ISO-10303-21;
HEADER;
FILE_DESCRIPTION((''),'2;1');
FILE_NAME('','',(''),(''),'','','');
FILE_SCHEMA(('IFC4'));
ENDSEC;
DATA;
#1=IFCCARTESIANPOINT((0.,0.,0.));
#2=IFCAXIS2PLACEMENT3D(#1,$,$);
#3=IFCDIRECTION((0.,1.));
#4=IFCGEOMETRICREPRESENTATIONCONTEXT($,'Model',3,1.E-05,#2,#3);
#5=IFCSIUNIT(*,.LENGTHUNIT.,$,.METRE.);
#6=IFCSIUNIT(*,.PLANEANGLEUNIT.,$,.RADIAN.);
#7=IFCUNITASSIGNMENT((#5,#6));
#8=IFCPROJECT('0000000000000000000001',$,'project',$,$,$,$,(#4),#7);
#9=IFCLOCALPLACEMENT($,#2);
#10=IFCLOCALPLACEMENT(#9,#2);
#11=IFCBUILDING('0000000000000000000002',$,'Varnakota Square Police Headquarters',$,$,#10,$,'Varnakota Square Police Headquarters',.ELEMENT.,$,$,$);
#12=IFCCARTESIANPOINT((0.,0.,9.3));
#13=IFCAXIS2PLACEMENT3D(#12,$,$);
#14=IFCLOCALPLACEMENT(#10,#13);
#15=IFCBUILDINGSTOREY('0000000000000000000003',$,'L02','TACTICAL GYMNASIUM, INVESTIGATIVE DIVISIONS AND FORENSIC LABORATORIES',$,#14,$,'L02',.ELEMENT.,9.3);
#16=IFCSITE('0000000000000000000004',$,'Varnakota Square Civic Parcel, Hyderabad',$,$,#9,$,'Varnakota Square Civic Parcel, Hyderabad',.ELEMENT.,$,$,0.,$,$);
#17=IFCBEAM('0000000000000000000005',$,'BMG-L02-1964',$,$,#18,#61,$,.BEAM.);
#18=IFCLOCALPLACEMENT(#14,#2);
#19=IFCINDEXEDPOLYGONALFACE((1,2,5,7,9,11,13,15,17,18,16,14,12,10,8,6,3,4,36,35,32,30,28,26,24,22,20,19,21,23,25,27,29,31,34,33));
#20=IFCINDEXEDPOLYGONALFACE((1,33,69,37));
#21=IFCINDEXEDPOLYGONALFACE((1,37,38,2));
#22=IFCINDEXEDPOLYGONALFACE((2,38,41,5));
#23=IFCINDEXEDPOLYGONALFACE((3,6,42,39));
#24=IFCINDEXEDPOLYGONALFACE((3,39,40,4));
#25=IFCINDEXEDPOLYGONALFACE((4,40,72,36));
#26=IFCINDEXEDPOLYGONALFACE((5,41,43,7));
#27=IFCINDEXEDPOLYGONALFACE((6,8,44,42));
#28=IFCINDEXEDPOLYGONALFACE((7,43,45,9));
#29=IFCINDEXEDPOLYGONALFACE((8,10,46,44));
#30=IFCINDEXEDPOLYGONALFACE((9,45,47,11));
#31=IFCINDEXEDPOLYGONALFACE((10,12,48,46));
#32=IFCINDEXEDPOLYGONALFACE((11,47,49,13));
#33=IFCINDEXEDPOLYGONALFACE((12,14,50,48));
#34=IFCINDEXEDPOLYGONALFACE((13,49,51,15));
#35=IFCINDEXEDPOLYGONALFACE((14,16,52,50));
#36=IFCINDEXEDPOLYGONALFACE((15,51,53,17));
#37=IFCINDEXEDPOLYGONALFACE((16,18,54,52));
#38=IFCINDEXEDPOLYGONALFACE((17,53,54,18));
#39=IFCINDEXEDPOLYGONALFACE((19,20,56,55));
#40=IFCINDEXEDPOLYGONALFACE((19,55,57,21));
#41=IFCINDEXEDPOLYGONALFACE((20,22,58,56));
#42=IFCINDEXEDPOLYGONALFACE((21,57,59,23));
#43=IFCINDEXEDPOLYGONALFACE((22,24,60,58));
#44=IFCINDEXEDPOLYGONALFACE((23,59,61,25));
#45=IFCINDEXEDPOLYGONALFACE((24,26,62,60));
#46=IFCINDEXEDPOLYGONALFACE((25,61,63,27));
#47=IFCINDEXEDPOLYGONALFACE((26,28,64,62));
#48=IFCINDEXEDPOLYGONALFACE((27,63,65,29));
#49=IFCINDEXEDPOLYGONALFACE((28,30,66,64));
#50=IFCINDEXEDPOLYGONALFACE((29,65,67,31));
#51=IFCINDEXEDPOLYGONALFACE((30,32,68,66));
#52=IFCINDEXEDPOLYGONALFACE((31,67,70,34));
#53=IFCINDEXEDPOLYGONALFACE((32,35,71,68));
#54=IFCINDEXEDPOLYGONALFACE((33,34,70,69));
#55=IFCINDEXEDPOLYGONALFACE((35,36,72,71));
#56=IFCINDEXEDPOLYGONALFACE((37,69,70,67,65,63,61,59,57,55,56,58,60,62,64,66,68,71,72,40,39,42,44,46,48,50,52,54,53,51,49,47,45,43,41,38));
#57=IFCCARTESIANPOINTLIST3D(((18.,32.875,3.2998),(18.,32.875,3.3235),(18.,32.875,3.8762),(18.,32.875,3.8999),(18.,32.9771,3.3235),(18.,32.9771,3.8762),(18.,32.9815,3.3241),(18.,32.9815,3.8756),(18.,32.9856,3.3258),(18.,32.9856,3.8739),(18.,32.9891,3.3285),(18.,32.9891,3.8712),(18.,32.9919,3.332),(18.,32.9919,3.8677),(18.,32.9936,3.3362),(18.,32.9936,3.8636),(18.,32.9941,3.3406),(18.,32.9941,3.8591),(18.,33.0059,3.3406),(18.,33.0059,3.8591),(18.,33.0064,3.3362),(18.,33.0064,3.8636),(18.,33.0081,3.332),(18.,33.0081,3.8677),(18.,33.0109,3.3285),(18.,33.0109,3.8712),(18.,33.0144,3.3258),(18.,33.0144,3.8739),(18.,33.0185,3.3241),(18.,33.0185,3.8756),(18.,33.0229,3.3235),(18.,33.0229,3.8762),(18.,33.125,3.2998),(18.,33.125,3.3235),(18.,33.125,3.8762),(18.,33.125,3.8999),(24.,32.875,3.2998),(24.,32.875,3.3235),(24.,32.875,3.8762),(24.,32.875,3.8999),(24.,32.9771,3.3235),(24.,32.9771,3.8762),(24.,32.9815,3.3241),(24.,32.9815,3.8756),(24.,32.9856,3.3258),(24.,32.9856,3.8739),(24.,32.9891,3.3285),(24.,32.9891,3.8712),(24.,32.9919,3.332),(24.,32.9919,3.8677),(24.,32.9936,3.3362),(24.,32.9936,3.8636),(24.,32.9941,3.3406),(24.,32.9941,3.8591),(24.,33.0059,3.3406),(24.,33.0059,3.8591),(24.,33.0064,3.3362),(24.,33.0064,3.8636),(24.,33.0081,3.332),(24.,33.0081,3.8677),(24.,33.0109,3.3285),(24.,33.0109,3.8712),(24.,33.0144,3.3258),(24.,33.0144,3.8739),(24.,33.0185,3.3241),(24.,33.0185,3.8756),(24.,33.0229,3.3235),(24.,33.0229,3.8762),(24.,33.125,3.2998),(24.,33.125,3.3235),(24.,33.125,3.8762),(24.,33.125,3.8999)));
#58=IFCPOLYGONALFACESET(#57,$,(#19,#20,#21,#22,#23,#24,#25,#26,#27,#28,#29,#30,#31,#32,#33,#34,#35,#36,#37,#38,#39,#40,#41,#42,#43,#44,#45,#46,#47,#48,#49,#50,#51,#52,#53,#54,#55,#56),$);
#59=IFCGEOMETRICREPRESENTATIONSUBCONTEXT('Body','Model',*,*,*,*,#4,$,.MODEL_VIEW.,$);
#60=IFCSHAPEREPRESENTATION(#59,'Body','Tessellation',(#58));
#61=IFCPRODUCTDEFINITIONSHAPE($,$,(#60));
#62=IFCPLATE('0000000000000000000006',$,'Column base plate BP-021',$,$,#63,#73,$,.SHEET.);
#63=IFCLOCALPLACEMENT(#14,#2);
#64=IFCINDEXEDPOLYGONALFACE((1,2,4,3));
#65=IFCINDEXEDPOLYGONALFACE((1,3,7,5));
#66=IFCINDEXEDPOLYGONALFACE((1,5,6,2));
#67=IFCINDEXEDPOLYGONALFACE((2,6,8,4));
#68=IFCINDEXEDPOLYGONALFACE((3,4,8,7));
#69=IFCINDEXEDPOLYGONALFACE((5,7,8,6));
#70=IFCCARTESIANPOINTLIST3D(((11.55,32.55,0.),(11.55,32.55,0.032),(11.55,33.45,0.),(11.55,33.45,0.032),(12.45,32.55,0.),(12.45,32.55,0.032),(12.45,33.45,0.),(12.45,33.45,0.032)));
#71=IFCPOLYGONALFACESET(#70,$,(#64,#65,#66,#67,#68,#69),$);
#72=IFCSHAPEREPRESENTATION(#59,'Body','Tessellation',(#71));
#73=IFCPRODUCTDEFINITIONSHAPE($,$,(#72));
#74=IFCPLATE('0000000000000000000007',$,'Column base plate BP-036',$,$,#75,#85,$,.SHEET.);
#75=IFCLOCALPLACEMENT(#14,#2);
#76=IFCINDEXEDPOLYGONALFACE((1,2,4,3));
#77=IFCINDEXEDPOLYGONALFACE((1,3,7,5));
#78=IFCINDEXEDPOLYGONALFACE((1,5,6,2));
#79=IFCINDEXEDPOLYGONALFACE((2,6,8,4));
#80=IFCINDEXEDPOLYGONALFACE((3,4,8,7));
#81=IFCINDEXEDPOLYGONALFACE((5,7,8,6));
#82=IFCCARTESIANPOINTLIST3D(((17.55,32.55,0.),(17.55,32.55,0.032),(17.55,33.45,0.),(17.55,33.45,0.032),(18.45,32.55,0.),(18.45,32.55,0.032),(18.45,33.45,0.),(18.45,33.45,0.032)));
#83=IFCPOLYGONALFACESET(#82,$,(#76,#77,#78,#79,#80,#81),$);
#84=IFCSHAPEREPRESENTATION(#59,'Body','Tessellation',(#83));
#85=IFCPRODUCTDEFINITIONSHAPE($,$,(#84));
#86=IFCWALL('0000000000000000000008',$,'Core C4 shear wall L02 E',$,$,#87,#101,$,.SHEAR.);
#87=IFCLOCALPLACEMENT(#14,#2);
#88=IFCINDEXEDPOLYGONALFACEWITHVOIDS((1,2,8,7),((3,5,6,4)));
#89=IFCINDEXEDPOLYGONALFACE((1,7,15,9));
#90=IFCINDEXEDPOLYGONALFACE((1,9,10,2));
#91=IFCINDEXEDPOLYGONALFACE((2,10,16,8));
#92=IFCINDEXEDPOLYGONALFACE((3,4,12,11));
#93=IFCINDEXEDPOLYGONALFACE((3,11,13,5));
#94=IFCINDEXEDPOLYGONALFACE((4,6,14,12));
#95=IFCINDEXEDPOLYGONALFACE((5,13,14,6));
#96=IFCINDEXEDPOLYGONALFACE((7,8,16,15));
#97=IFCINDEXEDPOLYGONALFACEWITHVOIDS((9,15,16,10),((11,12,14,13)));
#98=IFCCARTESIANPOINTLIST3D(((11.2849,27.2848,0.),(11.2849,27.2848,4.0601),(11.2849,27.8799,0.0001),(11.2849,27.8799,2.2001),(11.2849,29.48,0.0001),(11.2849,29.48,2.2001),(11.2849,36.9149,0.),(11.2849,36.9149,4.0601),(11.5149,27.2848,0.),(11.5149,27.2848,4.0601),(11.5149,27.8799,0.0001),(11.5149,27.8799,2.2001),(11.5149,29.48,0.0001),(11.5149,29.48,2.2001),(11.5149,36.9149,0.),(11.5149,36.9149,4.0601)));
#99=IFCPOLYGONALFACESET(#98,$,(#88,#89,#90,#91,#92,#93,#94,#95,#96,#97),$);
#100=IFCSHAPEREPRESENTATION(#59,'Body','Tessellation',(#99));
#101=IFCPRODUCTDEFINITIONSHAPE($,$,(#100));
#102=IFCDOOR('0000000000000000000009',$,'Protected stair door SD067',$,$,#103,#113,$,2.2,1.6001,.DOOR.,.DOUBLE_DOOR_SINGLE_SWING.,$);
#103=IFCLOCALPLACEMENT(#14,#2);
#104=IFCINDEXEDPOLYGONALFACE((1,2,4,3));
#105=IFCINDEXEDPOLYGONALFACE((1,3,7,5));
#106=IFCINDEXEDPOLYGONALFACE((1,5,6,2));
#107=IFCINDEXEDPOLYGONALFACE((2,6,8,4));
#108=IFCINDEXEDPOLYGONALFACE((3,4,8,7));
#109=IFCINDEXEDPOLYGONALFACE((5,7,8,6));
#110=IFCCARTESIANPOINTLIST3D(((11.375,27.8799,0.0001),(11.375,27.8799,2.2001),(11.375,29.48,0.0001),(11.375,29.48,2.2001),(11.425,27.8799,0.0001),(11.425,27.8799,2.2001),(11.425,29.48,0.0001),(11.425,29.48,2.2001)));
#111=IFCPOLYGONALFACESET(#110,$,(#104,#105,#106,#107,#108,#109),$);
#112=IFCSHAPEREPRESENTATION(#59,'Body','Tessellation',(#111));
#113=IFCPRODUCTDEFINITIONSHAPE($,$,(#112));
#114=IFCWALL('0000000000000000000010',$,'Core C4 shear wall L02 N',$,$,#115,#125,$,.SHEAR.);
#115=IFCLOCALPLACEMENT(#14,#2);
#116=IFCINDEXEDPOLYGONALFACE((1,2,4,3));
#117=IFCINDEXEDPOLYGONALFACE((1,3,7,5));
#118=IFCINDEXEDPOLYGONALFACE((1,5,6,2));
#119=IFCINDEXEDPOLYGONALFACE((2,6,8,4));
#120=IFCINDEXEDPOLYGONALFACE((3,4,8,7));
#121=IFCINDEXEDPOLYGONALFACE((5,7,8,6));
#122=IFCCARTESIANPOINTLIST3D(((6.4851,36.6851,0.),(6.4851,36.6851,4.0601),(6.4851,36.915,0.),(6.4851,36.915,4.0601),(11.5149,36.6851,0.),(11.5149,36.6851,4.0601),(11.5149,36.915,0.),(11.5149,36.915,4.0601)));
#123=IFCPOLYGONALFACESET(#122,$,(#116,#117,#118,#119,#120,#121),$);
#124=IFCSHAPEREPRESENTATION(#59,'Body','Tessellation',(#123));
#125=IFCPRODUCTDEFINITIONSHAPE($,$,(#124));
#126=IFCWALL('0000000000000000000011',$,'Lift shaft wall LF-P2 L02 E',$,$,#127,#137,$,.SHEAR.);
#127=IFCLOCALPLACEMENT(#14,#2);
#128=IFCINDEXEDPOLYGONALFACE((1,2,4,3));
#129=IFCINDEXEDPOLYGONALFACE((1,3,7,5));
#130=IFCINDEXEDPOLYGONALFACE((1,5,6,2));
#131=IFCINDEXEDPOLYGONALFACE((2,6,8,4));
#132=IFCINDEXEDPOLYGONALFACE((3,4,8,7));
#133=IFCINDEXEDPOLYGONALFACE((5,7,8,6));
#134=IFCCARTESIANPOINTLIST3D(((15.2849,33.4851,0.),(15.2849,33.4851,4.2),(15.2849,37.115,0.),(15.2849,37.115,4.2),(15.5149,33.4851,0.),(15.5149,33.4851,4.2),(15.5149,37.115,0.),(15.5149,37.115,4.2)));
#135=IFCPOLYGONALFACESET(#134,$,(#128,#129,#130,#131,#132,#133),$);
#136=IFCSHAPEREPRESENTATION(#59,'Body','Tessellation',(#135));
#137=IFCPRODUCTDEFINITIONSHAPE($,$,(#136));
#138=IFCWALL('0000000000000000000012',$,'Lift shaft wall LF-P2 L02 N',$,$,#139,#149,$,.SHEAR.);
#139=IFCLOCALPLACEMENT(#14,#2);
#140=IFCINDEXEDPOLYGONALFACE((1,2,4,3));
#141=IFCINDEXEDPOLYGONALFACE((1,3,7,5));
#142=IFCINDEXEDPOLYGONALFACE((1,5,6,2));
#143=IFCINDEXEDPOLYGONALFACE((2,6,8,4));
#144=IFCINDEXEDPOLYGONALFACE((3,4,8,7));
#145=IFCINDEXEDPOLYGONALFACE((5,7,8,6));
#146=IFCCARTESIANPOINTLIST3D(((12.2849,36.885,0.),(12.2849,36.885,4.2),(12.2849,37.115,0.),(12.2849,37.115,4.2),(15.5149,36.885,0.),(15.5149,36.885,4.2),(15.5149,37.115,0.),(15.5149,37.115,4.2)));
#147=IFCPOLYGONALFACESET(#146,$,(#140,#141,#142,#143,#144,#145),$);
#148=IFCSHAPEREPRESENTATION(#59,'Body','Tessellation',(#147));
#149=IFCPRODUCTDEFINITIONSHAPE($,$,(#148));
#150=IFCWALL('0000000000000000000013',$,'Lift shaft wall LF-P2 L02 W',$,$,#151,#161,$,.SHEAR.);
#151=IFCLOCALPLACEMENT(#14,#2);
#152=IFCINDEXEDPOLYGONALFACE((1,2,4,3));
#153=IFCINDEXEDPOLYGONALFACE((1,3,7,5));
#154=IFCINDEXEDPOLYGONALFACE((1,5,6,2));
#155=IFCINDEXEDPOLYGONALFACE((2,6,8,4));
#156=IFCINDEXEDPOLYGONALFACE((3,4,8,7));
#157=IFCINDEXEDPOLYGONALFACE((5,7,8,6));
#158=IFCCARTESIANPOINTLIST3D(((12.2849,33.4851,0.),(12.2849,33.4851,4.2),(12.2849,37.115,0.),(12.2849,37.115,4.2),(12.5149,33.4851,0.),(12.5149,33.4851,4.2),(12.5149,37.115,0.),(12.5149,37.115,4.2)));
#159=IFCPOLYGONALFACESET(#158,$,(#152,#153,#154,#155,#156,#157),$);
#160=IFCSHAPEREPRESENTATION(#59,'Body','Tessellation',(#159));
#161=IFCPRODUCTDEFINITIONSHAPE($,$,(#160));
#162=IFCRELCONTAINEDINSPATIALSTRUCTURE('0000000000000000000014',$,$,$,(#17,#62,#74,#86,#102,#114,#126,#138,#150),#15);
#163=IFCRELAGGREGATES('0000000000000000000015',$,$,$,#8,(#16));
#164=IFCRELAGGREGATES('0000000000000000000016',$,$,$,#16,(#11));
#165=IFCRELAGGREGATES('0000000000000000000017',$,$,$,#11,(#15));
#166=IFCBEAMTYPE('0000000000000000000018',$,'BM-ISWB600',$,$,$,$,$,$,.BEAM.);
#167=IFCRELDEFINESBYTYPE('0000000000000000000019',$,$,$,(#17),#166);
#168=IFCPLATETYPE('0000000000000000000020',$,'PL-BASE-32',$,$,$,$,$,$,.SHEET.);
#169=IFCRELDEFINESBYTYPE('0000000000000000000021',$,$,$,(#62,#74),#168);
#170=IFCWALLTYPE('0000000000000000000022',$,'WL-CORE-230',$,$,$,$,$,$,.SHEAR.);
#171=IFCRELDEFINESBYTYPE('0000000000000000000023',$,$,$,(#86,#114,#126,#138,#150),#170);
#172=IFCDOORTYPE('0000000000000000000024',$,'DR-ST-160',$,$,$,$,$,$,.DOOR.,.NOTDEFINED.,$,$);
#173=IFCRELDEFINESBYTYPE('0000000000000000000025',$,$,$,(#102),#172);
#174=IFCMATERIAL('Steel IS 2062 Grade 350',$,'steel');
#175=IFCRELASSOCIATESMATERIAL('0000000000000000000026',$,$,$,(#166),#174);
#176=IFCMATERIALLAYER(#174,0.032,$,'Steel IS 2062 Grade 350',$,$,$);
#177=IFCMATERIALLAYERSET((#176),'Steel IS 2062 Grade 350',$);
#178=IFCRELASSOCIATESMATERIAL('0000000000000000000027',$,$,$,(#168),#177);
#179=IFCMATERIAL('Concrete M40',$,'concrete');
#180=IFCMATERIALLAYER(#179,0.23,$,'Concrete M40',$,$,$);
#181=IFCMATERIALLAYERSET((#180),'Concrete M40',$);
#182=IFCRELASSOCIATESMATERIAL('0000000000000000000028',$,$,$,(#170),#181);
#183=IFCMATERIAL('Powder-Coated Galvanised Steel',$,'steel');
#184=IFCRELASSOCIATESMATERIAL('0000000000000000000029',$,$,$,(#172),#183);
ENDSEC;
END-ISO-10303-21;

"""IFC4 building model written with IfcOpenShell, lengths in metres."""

from ifc_helpers import new_model, si_unit, direction, frame, frame_2d, origin, origin_2d, place, context, subcontext, project, spatial, rectangle, i_section, extrude, material, layer, layer_set, material_profile, profile_set, type_object, element, fill, save


model = new_model("IFC4")

# Units and contexts
model_context = context("Model", 3, precision=1e-05, world=origin(), true_north=direction((0.0, 1.0)))
body_context = subcontext(model_context, "Body", "Model", "MODEL_VIEW")
ifc_project = project(units=[si_unit("LENGTHUNIT", "METRE"), si_unit("PLANEANGLEUNIT", "RADIAN")], contexts=[model_context])

# Site, building, storey
site_placement = place(None, origin())
site = spatial("IfcSite", under=ifc_project, at=site_placement, Name="Varnakota Square Civic Parcel, Hyderabad", LongName="Varnakota Square Civic Parcel, Hyderabad", CompositionType="ELEMENT", RefElevation=0.0)
building_placement = place(site_placement, origin())
building = spatial("IfcBuilding", under=site, at=building_placement, Name="Varnakota Square Police Headquarters", LongName="Varnakota Square Police Headquarters", CompositionType="ELEMENT")
storey_placement = place(building_placement, frame((0.0, 0.0, 9.3)))
storey = spatial("IfcBuildingStorey", under=building, at=storey_placement, Name="L02", Description="TACTICAL GYMNASIUM, INVESTIGATIVE DIVISIONS AND FORENSIC LABORATORIES", LongName="L02", CompositionType="ELEMENT", Elevation=9.3)

# Shared definitions
ifc_material_1 = material(Name="Steel IS 2062 Grade 350", Category="steel")

# Beam
ifc_material_profile_1 = material_profile(ifc_material_1, i_section(OverallWidth=0.25, OverallDepth=0.6001, WebThickness=0.0117, FlangeThickness=0.0237, FilletRadius=0.0171, at=origin_2d()), Name="ISWB 600")
ifc_profile_set_1 = profile_set([ifc_material_profile_1], Name="Steel IS 2062 Grade 350")
beam_type_1 = type_object("IfcBeamType", Name="BM-ISWB600", PredefinedType="BEAM", material=ifc_profile_set_1)
beam_1_placement = place(storey_placement, frame((18.0, 33.0, 3.5999), z_axis=(1.0, 0.0, 0.0), x_axis=(0.0, 1.0, 0.0)))
element("IfcBeam", 1, at=beam_1_placement, inside=storey, type_object=beam_type_1, Name="BMG-L02-1964", PredefinedType="BEAM", context=body_context, shape_type="SweptSolid", body=[
    extrude(i_section(OverallWidth=0.25, OverallDepth=0.6001, WebThickness=0.0117, FlangeThickness=0.0237, FilletRadius=0.0171, at=origin_2d()), origin(), (0.0, 0.0, 1.0), 6.0),
])

# Plates
ifc_layer_1 = layer(ifc_material_1, 0.032, Name="Steel IS 2062 Grade 350")
ifc_layer_set_1 = layer_set([ifc_layer_1], Name="Steel IS 2062 Grade 350")
plate_type = type_object("IfcPlateType", Name="PL-BASE-32", PredefinedType="SHEET", material=ifc_layer_set_1)
for number, where, z_axis, x_axis, name in (
    (2, (12.0, 33.0, 0.0), (0.0, 0.0, 1.0), (1.0, 0.0, 0.0), "Column base plate BP-021"),
    (3, (18.0, 33.0, 0.0), (0.0, 0.0, 1.0), (1.0, 0.0, 0.0), "Column base plate BP-036"),
):
    element("IfcPlate", number, at=place(storey_placement, frame(where, z_axis=z_axis, x_axis=x_axis)), inside=storey, type_object=plate_type, Name=name, PredefinedType="SHEET", context=body_context, shape_type="SweptSolid", body=[
        extrude(rectangle(XDim=0.8999, YDim=0.8999, at=origin_2d()), origin(), (0.0, 0.0, 1.0), 0.032),
    ])

# Wall, opening, door
ifc_material_2 = material(Name="Concrete M40", Category="concrete")
ifc_layer_2 = layer(ifc_material_2, 0.23, Name="Concrete M40")
ifc_layer_set_2 = layer_set([ifc_layer_2], Name="Concrete M40")
wall_type_1 = type_object("IfcWallType", Name="WL-CORE-230", PredefinedType="SHEAR", material=ifc_layer_set_2)
wall_1_placement = place(storey_placement, frame((11.3999, 27.2849, 0.0), z_axis=(0.0, 0.0, 1.0), x_axis=(0.0, 1.0, 0.0)))
wall_1 = element("IfcWall", 4, at=wall_1_placement, inside=storey, type_object=wall_type_1, Name="Core C4 shear wall L02 E", PredefinedType="SHEAR", context=body_context, shape_type="SweptSolid", body=[
    extrude(rectangle(XDim=9.6301, YDim=0.23, at=frame_2d((4.8149, 0.0))), origin(), (0.0, 0.0, 1.0), 4.0601),
])
opening_1_placement = place(wall_1_placement, frame((0.595, 0.0, 0.0)))
opening_1 = element("IfcOpeningElement", 5, at=opening_1_placement, cuts=wall_1, PredefinedType="OPENING", context=body_context, shape_type="SweptSolid", body=[
    extrude(rectangle(XDim=1.6001, YDim=2.2, at=frame_2d((0.8, 1.1001))), frame((0.0, 0.125, 0.0), z_axis=(0.0, -1.0, 0.0), x_axis=(1.0, 0.0, 0.0)), (0.0, 0.0, 1.0), 0.25),
])
ifc_material_3 = material(Name="Powder-Coated Galvanised Steel", Category="steel")
door_type_1 = type_object("IfcDoorType", Name="DR-ST-160", OperationType="NOTDEFINED", PredefinedType="DOOR", material=ifc_material_3)
door_1_placement = place(opening_1_placement, origin())
door_1 = element("IfcDoor", 6, at=door_1_placement, inside=storey, type_object=door_type_1, Name="Protected stair door SD067", OperationType="DOUBLE_DOOR_SINGLE_SWING", OverallHeight=2.2, OverallWidth=1.6001, PredefinedType="DOOR", context=body_context, shape_type="SweptSolid", body=[
    extrude(rectangle(XDim=1.6001, YDim=2.2, at=frame_2d((0.8, 1.1001))), frame((0.0, 0.0249, 0.0), z_axis=(0.0, -1.0, 0.0), x_axis=(1.0, 0.0, 0.0)), (0.0, 0.0, 1.0), 0.05),
])
fill(opening_1, door_1)

# Wall
wall_2_placement = place(storey_placement, frame((11.5149, 36.8, 0.0), z_axis=(0.0, 0.0, 1.0), x_axis=(-1.0, 0.0, 0.0)))
element("IfcWall", 7, at=wall_2_placement, inside=storey, type_object=wall_type_1, Name="Core C4 shear wall L02 N", PredefinedType="SHEAR", context=body_context, shape_type="SweptSolid", body=[
    extrude(rectangle(XDim=5.0298, YDim=0.23, at=frame_2d((2.5149, 0.0))), origin(), (0.0, 0.0, 1.0), 4.0601),
])

# Walls
wall_3_placement = place(storey_placement, frame((15.3999, 33.4851, 0.0), z_axis=(0.0, 0.0, 1.0), x_axis=(0.0, 1.0, 0.0)))
element("IfcWall", 8, at=wall_3_placement, inside=storey, type_object=wall_type_1, Name="Lift shaft wall LF-P2 L02 E", PredefinedType="SHEAR", context=body_context, shape_type="SweptSolid", body=[
    extrude(rectangle(XDim=3.6299, YDim=0.23, at=frame_2d((1.8149, 0.0))), origin(), (0.0, 0.0, 1.0), 4.2),
])
wall_4_placement = place(storey_placement, frame((15.5149, 37.0, 0.0), z_axis=(0.0, 0.0, 1.0), x_axis=(-1.0, 0.0, 0.0)))
element("IfcWall", 9, at=wall_4_placement, inside=storey, type_object=wall_type_1, Name="Lift shaft wall LF-P2 L02 N", PredefinedType="SHEAR", context=body_context, shape_type="SweptSolid", body=[
    extrude(rectangle(XDim=3.23, YDim=0.23, at=frame_2d((1.615, 0.0))), origin(), (0.0, 0.0, 1.0), 4.2),
])
wall_5_placement = place(storey_placement, frame((12.3999, 37.115, 0.0), z_axis=(0.0, 0.0, 1.0), x_axis=(0.0, -1.0, 0.0)))
element("IfcWall", 10, at=wall_5_placement, inside=storey, type_object=wall_type_1, Name="Lift shaft wall LF-P2 L02 W", PredefinedType="SHEAR", context=body_context, shape_type="SweptSolid", body=[
    extrude(rectangle(XDim=3.6299, YDim=0.23, at=frame_2d((1.8149, 0.0))), origin(), (0.0, 0.0, 1.0), 4.2),
])

save(model, "model.ifc")
